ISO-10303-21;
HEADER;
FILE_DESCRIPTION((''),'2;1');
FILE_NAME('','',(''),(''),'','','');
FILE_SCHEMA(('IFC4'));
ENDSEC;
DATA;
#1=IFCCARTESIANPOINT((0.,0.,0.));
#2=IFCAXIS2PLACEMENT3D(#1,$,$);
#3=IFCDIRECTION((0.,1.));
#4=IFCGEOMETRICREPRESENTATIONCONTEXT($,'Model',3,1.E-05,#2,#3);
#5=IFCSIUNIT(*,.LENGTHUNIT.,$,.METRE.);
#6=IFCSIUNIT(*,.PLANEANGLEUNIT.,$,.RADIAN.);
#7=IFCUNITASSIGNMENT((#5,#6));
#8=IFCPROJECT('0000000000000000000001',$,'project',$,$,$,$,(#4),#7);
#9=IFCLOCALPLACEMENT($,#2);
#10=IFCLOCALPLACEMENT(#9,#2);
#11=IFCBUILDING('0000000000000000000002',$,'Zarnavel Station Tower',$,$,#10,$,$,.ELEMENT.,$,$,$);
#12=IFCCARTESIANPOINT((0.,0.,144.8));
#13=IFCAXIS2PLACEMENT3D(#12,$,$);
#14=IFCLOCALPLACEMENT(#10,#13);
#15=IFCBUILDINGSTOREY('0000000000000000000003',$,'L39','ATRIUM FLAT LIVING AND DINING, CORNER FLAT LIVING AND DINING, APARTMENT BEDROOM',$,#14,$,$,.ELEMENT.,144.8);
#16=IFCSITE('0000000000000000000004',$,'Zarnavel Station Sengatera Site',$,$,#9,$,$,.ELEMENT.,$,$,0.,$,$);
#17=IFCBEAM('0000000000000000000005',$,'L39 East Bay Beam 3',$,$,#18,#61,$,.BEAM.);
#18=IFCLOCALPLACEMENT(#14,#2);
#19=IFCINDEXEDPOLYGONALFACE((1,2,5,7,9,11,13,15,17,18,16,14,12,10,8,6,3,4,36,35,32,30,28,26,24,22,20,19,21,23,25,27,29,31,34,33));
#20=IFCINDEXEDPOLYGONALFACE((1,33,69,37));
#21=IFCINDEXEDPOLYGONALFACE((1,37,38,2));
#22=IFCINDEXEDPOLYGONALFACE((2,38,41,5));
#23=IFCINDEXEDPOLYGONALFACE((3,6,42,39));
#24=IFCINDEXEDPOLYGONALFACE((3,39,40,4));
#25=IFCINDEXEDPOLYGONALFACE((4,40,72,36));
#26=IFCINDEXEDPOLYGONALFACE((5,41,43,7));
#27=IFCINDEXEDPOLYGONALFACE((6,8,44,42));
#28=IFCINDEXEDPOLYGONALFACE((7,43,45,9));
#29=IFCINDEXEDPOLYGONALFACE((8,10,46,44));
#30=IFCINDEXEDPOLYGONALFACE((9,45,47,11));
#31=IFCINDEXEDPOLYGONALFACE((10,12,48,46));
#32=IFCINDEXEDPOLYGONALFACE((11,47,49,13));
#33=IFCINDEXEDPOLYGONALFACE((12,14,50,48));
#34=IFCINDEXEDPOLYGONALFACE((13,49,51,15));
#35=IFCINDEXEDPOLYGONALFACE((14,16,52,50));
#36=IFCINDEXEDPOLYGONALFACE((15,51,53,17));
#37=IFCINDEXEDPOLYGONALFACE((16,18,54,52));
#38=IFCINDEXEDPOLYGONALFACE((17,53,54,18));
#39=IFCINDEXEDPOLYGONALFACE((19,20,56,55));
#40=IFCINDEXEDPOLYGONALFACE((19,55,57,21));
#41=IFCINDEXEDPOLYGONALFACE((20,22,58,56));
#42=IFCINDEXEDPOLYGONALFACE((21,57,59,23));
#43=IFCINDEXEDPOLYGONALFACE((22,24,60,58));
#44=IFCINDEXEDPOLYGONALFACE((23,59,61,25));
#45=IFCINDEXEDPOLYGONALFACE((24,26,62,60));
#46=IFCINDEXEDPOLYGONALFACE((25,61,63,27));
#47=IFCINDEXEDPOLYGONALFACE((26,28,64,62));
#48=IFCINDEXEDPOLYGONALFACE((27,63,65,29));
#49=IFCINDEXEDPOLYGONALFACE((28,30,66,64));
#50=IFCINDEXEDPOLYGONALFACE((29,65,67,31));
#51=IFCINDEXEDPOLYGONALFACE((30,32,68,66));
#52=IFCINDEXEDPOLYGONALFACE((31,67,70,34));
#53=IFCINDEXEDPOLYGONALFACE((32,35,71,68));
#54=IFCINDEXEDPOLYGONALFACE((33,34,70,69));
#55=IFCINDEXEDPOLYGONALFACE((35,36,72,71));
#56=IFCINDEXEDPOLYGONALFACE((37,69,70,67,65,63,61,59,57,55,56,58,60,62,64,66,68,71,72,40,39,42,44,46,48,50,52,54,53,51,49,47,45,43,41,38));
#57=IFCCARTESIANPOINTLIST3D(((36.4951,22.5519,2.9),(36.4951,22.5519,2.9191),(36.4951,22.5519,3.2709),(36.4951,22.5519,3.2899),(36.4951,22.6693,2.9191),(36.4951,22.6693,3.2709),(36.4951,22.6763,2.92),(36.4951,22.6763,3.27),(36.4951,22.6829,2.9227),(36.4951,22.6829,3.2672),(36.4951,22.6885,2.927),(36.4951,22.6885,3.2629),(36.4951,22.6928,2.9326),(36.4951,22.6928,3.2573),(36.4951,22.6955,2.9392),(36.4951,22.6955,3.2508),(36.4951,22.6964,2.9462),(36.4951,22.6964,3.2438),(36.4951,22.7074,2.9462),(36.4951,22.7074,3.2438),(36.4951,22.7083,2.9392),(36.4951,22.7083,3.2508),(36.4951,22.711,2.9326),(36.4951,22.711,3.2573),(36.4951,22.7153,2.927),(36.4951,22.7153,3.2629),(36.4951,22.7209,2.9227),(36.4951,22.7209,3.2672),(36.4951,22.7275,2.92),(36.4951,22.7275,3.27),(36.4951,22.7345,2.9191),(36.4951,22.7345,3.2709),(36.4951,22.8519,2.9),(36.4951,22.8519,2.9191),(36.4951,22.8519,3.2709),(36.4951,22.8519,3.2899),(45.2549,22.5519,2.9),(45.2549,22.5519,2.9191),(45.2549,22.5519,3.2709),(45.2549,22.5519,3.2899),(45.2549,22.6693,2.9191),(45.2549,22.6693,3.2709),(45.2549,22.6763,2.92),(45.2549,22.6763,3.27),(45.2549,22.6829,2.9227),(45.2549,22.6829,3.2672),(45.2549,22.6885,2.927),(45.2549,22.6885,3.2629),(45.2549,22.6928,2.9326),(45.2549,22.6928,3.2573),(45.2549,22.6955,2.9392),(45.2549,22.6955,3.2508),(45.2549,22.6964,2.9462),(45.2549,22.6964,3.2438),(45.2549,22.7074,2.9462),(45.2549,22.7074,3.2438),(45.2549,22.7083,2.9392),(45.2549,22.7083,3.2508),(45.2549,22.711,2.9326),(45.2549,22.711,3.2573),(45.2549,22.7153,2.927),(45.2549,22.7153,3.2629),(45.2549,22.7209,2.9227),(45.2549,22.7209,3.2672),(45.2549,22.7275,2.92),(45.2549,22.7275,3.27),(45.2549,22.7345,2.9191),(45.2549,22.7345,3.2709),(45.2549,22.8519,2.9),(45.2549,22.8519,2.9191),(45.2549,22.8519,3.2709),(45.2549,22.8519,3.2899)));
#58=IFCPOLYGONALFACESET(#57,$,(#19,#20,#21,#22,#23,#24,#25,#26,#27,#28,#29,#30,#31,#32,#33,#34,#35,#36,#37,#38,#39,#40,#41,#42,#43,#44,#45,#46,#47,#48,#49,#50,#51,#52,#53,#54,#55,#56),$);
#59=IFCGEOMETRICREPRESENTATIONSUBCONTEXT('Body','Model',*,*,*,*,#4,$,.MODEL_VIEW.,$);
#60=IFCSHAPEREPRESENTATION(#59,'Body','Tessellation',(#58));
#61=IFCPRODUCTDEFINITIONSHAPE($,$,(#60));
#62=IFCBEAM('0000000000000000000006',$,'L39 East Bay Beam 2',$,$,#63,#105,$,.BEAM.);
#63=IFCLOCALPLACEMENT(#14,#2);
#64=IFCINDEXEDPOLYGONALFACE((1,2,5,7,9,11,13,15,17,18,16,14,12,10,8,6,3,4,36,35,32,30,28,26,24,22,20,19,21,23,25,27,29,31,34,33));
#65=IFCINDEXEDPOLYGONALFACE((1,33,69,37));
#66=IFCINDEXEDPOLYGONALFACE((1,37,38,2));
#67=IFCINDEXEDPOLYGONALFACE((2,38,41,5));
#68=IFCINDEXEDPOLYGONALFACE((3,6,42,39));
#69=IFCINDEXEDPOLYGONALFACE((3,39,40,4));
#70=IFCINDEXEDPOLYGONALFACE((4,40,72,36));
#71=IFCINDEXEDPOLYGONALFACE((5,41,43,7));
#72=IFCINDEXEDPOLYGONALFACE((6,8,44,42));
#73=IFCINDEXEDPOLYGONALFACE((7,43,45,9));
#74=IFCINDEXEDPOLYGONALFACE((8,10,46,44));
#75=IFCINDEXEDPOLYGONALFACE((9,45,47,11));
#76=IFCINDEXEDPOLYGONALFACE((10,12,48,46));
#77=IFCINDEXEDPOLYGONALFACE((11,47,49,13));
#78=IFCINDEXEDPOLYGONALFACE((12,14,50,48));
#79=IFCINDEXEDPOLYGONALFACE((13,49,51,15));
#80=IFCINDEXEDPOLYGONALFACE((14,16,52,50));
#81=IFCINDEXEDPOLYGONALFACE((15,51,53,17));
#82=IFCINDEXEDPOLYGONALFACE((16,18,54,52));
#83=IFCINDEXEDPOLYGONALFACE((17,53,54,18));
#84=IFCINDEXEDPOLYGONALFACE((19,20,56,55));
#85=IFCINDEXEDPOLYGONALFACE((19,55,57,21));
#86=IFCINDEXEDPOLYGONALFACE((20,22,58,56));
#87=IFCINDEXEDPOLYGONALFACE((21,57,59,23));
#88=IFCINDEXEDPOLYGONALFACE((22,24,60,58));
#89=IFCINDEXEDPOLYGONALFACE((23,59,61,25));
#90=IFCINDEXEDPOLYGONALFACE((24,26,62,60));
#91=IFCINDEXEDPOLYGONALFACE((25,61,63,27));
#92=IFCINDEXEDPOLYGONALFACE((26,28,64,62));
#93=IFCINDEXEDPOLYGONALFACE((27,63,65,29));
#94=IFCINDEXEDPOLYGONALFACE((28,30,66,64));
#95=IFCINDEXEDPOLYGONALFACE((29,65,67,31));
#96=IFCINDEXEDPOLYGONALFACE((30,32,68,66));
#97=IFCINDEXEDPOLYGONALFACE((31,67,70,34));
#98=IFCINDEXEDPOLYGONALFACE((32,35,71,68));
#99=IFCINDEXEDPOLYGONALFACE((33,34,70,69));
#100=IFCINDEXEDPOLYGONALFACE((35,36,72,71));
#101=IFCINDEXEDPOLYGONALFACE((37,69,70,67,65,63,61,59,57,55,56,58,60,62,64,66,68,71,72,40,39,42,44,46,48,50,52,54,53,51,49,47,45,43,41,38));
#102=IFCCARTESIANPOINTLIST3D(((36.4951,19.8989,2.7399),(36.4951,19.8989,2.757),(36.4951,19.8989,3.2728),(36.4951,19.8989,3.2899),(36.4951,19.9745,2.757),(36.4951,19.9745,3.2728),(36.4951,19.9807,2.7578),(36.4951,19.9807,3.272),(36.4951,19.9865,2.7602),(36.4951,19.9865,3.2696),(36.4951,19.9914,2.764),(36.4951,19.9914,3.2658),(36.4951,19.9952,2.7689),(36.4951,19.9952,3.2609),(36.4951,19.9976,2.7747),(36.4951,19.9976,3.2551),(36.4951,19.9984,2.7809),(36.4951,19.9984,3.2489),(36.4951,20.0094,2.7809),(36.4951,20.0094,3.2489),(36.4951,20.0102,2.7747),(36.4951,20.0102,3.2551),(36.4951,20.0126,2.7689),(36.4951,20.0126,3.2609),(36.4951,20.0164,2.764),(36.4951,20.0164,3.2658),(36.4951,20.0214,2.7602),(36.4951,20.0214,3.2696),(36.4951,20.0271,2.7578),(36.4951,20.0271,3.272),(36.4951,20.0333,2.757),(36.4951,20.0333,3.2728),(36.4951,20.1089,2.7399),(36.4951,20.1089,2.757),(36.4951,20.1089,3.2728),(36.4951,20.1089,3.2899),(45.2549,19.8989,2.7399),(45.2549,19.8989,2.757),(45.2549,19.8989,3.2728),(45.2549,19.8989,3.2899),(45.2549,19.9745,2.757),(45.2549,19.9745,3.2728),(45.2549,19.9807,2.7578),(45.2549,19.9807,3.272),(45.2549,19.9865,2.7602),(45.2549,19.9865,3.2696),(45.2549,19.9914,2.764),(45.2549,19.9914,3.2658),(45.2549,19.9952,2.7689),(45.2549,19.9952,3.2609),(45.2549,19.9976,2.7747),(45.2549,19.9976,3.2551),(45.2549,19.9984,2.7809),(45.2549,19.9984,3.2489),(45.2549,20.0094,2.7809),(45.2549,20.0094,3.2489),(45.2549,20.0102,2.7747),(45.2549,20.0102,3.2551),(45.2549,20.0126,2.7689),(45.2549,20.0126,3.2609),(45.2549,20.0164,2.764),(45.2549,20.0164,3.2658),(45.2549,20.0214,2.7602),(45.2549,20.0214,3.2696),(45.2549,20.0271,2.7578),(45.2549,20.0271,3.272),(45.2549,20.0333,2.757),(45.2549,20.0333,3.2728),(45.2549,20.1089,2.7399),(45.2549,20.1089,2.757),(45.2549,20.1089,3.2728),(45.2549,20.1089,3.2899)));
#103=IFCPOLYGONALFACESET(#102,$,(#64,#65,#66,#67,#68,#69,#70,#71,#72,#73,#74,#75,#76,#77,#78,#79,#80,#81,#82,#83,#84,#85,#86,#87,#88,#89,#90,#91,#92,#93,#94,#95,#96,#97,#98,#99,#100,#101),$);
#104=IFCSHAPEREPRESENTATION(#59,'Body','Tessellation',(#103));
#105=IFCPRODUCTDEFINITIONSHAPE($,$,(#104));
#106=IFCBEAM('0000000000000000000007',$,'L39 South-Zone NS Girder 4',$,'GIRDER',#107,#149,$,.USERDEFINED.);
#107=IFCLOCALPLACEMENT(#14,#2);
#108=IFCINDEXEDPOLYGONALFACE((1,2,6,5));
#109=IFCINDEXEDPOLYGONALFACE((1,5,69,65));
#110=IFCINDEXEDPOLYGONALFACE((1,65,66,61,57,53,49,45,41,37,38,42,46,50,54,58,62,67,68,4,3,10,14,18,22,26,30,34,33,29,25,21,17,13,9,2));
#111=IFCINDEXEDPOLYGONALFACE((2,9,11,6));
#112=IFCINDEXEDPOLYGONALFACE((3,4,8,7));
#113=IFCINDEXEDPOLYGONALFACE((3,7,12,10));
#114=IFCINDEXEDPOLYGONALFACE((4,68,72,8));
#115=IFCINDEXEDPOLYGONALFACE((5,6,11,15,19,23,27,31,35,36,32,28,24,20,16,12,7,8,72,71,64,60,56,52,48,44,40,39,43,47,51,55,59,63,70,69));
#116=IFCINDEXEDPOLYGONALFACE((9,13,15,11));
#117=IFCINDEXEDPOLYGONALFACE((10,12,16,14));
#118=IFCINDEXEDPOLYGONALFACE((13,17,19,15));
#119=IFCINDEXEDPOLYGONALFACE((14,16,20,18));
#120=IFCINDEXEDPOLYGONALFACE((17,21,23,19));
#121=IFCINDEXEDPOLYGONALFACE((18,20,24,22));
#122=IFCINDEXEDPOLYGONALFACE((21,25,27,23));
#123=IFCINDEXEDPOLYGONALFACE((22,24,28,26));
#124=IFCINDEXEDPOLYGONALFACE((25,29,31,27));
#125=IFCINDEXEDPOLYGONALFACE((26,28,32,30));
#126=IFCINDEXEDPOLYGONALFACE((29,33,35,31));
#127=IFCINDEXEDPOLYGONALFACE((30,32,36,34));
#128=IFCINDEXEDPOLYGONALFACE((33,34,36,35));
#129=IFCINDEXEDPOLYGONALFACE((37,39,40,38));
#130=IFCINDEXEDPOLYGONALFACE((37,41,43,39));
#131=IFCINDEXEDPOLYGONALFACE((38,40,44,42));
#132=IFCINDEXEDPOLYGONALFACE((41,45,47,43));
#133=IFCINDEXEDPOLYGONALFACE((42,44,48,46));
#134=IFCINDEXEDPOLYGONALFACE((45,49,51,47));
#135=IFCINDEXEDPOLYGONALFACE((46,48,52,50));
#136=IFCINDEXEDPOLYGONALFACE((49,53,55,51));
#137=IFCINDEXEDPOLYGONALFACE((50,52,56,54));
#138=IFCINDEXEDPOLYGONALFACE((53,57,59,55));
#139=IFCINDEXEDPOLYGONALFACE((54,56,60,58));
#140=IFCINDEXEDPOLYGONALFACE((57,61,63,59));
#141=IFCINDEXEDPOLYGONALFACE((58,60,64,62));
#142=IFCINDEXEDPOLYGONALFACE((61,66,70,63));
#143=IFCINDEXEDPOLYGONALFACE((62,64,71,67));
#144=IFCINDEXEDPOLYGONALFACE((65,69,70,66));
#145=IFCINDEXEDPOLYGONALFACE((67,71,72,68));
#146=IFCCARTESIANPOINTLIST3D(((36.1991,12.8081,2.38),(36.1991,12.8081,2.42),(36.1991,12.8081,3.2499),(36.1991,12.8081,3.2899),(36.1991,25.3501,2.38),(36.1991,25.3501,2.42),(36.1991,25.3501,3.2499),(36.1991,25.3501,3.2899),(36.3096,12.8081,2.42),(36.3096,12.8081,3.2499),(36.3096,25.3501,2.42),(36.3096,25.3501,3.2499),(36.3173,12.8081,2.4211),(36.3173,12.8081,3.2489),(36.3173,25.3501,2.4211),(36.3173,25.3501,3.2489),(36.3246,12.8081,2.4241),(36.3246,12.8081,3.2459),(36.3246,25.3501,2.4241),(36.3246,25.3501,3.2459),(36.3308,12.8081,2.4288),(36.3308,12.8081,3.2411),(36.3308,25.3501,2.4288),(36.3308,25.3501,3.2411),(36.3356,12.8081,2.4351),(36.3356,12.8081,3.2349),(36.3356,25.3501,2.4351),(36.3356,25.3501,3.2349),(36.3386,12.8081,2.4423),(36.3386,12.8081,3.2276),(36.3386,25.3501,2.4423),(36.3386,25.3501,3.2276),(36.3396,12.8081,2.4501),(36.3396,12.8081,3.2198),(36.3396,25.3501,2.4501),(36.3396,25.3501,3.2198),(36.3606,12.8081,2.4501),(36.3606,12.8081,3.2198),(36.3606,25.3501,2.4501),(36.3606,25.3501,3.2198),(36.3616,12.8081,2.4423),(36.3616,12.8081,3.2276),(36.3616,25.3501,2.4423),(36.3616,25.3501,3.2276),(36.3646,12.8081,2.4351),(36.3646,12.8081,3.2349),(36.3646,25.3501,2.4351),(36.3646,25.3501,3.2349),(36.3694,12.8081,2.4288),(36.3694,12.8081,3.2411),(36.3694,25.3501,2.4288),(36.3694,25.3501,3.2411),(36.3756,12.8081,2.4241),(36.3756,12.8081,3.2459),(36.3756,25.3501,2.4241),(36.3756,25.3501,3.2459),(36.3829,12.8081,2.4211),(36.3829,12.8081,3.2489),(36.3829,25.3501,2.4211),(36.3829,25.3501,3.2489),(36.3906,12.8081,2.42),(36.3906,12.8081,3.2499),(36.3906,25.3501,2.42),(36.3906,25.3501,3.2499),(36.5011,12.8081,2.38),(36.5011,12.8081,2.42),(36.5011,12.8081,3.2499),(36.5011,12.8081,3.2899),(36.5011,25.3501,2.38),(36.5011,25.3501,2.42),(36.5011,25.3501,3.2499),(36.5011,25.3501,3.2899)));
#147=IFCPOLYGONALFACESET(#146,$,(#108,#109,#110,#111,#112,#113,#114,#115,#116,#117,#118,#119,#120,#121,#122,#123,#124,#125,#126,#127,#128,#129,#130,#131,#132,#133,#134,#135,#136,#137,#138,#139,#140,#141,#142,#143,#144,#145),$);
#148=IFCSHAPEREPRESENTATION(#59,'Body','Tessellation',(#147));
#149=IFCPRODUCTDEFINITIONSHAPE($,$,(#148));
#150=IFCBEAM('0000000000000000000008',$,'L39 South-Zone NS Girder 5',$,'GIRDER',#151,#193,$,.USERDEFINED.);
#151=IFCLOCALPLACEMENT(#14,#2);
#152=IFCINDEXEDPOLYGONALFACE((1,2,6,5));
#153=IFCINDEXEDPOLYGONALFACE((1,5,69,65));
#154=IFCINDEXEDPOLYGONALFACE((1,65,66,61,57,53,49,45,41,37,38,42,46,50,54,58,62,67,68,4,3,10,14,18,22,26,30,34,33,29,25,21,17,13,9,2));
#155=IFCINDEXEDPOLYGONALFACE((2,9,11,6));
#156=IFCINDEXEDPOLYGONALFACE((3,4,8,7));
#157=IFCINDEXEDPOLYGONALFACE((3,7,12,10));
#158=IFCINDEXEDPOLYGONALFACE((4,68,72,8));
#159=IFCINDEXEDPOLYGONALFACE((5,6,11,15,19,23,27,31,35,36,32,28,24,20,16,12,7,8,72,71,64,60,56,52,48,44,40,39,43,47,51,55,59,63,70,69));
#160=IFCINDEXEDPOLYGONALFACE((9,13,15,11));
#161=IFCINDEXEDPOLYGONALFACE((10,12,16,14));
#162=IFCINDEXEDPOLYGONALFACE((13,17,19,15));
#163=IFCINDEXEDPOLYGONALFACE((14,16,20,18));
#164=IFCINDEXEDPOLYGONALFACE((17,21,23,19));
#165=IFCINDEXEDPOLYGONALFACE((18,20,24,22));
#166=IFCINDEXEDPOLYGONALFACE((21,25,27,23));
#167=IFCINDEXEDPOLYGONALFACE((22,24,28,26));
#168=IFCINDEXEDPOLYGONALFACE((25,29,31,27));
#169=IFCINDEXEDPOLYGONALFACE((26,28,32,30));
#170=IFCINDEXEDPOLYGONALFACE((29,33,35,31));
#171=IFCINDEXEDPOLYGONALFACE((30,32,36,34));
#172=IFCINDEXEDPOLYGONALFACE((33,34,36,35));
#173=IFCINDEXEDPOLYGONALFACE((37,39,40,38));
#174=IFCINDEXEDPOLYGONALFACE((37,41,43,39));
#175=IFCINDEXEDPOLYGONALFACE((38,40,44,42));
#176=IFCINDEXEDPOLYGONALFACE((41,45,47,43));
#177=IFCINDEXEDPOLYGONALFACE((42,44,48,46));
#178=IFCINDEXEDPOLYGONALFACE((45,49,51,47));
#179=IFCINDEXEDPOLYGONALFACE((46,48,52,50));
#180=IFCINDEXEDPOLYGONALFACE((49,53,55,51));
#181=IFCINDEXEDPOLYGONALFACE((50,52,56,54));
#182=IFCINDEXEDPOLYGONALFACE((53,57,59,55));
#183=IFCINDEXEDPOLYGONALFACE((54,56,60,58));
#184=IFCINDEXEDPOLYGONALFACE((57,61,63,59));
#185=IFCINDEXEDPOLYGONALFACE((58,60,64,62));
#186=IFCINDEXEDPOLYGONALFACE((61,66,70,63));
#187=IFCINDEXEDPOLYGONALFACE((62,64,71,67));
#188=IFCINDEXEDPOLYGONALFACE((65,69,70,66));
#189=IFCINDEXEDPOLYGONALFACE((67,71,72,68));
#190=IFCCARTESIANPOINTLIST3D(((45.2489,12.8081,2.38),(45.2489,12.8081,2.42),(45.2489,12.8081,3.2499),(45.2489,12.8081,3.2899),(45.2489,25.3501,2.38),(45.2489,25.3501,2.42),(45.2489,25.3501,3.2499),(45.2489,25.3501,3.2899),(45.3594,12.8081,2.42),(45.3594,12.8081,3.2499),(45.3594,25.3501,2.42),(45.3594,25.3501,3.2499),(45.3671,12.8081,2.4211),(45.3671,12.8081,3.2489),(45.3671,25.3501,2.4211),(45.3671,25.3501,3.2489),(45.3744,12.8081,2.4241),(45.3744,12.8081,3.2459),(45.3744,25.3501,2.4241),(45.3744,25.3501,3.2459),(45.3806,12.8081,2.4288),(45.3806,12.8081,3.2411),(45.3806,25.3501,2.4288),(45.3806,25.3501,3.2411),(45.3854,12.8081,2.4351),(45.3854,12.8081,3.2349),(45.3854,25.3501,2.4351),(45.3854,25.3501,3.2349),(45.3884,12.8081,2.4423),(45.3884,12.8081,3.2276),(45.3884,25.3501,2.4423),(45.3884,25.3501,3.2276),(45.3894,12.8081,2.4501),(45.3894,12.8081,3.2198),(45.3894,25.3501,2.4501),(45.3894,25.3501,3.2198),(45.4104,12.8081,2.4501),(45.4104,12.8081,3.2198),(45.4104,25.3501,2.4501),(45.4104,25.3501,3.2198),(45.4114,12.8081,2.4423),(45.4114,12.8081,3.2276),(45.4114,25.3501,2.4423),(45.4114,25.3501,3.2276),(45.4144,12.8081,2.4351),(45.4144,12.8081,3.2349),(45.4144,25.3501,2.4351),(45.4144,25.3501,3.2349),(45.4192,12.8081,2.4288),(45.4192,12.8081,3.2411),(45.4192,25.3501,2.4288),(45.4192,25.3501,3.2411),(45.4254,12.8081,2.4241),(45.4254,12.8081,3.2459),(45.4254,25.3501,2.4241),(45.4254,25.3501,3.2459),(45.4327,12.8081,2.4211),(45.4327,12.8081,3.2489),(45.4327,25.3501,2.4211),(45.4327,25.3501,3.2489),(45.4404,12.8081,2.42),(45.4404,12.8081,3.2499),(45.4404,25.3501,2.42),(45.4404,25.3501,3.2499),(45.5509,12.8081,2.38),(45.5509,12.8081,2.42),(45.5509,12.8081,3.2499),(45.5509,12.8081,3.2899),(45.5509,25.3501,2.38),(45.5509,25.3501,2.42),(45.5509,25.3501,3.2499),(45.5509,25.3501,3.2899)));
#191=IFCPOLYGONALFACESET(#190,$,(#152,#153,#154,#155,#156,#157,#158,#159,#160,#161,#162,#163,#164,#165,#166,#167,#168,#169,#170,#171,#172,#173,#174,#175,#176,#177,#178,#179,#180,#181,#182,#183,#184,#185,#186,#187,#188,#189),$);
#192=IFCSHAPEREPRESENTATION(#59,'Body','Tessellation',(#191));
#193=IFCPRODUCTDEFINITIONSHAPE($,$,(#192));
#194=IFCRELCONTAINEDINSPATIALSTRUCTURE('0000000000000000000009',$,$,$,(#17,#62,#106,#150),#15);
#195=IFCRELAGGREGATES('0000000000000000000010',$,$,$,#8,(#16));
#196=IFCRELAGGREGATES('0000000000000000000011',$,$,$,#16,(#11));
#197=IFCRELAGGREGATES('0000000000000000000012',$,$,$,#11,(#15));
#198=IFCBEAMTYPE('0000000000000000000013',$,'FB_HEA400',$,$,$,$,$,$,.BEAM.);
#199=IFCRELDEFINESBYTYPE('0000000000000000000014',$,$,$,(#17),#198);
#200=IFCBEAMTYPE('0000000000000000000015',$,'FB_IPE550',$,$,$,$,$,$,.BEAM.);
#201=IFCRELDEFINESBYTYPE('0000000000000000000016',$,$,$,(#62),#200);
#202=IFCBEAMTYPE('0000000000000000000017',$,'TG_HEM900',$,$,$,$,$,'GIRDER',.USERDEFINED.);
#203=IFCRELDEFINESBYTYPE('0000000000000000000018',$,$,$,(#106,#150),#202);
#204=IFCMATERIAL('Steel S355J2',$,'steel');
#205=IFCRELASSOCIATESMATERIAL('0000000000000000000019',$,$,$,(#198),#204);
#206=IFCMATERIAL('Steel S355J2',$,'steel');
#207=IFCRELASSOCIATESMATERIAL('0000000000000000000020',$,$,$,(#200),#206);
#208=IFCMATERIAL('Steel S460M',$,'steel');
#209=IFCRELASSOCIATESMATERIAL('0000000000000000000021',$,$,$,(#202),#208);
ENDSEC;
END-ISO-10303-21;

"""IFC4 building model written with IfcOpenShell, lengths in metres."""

from ifc_helpers import new_model, si_unit, direction, frame, origin, origin_2d, place, context, subcontext, project, spatial, i_section, extrude, material, material_profile, profile_set, type_object, element, save


model = new_model("IFC4")

# Units and contexts
model_context = context("Model", 3, precision=1e-05, world=origin(), true_north=direction((0.0, 1.0)))
body_context = subcontext(model_context, "Body", "Model", "MODEL_VIEW")
ifc_project = project(units=[si_unit("LENGTHUNIT", "METRE"), si_unit("PLANEANGLEUNIT", "RADIAN")], contexts=[model_context])

# Site, building, storey
site_placement = place(None, origin())
site = spatial("IfcSite", under=ifc_project, at=site_placement, Name="Zarnavel Station Sengatera Site", CompositionType="ELEMENT", RefElevation=0.0)
building_placement = place(site_placement, origin())
building = spatial("IfcBuilding", under=site, at=building_placement, Name="Zarnavel Station Tower", CompositionType="ELEMENT")
storey_placement = place(building_placement, frame((0.0, 0.0, 144.8)))
storey = spatial("IfcBuildingStorey", under=building, at=storey_placement, Name="L39", Description="ATRIUM FLAT LIVING AND DINING, CORNER FLAT LIVING AND DINING, APARTMENT BEDROOM", CompositionType="ELEMENT", Elevation=144.8)

# Beams
ifc_material_1 = material(Name="Steel S355J2", Category="steel")
ifc_material_profile_1 = material_profile(ifc_material_1, i_section(OverallWidth=0.3, OverallDepth=0.3899, WebThickness=0.011, FlangeThickness=0.019, FilletRadius=0.0271, at=origin_2d()), Name="HEA400")
ifc_profile_set_1 = profile_set([ifc_material_profile_1], Name="Steel S355J2")
beam_type_1 = type_object("IfcBeamType", Name="FB_HEA400", PredefinedType="BEAM", material=ifc_profile_set_1)
for number, where, z_axis, x_axis, name in (
    (1, (36.4951, 22.7019, 3.095), (1.0, 0.0, 0.0), (0.0, 1.0, 0.0), "L39 East Bay Beam 3"),
):
    element("IfcBeam", number, at=place(storey_placement, frame(where, z_axis=z_axis, x_axis=x_axis)), inside=storey, type_object=beam_type_1, Name=name, PredefinedType="BEAM", context=body_context, shape_type="SweptSolid", body=[
        extrude(i_section(OverallWidth=0.3, OverallDepth=0.3899, WebThickness=0.011, FlangeThickness=0.019, FilletRadius=0.0271, at=origin_2d()), origin(), (0.0, 0.0, 1.0), 8.7598),
    ])
ifc_material_2 = material(Name="Steel S355J2", Category="steel")
ifc_material_profile_2 = material_profile(ifc_material_2, i_section(OverallWidth=0.21, OverallDepth=0.55, WebThickness=0.011, FlangeThickness=0.0171, FilletRadius=0.0239, at=origin_2d()), Name="IPE550")
ifc_profile_set_2 = profile_set([ifc_material_profile_2], Name="Steel S355J2")
beam_type_2 = type_object("IfcBeamType", Name="FB_IPE550", PredefinedType="BEAM", material=ifc_profile_set_2)
beam_1_placement = place(storey_placement, frame((36.4951, 20.0039, 3.0149), z_axis=(1.0, 0.0, 0.0), x_axis=(0.0, 1.0, 0.0)))
element("IfcBeam", 2, at=beam_1_placement, inside=storey, type_object=beam_type_2, Name="L39 East Bay Beam 2", PredefinedType="BEAM", context=body_context, shape_type="SweptSolid", body=[
    extrude(i_section(OverallWidth=0.21, OverallDepth=0.55, WebThickness=0.011, FlangeThickness=0.0171, FilletRadius=0.0239, at=origin_2d()), origin(), (0.0, 0.0, 1.0), 8.7598),
])
ifc_material_3 = material(Name="Steel S460M", Category="steel")
ifc_material_profile_3 = material_profile(ifc_material_3, i_section(OverallWidth=0.302, OverallDepth=0.9099, WebThickness=0.021, FlangeThickness=0.04, FilletRadius=0.03, at=origin_2d()), Name="HEM900")
ifc_profile_set_3 = profile_set([ifc_material_profile_3], Name="Steel S460M")
beam_type_3 = type_object("IfcBeamType", Name="TG_HEM900", ElementType="GIRDER", PredefinedType="USERDEFINED", material=ifc_profile_set_3)
for number, where, z_axis, x_axis, name in (
    (3, (36.3501, 12.8081, 2.835), (0.0, 1.0, 0.0), (-1.0, 0.0, 0.0), "L39 South-Zone NS Girder 4"),
    (4, (45.3999, 12.8081, 2.835), (0.0, 1.0, 0.0), (-1.0, 0.0, 0.0), "L39 South-Zone NS Girder 5"),
):
    element("IfcBeam", number, at=place(storey_placement, frame(where, z_axis=z_axis, x_axis=x_axis)), inside=storey, type_object=beam_type_3, Name=name, ObjectType="GIRDER", PredefinedType="USERDEFINED", context=body_context, shape_type="SweptSolid", body=[
        extrude(i_section(OverallWidth=0.302, OverallDepth=0.9099, WebThickness=0.021, FlangeThickness=0.04, FilletRadius=0.03, at=origin_2d()), origin(), (0.0, 0.0, 1.0), 12.542),
    ])

save(model, "model.ifc")
